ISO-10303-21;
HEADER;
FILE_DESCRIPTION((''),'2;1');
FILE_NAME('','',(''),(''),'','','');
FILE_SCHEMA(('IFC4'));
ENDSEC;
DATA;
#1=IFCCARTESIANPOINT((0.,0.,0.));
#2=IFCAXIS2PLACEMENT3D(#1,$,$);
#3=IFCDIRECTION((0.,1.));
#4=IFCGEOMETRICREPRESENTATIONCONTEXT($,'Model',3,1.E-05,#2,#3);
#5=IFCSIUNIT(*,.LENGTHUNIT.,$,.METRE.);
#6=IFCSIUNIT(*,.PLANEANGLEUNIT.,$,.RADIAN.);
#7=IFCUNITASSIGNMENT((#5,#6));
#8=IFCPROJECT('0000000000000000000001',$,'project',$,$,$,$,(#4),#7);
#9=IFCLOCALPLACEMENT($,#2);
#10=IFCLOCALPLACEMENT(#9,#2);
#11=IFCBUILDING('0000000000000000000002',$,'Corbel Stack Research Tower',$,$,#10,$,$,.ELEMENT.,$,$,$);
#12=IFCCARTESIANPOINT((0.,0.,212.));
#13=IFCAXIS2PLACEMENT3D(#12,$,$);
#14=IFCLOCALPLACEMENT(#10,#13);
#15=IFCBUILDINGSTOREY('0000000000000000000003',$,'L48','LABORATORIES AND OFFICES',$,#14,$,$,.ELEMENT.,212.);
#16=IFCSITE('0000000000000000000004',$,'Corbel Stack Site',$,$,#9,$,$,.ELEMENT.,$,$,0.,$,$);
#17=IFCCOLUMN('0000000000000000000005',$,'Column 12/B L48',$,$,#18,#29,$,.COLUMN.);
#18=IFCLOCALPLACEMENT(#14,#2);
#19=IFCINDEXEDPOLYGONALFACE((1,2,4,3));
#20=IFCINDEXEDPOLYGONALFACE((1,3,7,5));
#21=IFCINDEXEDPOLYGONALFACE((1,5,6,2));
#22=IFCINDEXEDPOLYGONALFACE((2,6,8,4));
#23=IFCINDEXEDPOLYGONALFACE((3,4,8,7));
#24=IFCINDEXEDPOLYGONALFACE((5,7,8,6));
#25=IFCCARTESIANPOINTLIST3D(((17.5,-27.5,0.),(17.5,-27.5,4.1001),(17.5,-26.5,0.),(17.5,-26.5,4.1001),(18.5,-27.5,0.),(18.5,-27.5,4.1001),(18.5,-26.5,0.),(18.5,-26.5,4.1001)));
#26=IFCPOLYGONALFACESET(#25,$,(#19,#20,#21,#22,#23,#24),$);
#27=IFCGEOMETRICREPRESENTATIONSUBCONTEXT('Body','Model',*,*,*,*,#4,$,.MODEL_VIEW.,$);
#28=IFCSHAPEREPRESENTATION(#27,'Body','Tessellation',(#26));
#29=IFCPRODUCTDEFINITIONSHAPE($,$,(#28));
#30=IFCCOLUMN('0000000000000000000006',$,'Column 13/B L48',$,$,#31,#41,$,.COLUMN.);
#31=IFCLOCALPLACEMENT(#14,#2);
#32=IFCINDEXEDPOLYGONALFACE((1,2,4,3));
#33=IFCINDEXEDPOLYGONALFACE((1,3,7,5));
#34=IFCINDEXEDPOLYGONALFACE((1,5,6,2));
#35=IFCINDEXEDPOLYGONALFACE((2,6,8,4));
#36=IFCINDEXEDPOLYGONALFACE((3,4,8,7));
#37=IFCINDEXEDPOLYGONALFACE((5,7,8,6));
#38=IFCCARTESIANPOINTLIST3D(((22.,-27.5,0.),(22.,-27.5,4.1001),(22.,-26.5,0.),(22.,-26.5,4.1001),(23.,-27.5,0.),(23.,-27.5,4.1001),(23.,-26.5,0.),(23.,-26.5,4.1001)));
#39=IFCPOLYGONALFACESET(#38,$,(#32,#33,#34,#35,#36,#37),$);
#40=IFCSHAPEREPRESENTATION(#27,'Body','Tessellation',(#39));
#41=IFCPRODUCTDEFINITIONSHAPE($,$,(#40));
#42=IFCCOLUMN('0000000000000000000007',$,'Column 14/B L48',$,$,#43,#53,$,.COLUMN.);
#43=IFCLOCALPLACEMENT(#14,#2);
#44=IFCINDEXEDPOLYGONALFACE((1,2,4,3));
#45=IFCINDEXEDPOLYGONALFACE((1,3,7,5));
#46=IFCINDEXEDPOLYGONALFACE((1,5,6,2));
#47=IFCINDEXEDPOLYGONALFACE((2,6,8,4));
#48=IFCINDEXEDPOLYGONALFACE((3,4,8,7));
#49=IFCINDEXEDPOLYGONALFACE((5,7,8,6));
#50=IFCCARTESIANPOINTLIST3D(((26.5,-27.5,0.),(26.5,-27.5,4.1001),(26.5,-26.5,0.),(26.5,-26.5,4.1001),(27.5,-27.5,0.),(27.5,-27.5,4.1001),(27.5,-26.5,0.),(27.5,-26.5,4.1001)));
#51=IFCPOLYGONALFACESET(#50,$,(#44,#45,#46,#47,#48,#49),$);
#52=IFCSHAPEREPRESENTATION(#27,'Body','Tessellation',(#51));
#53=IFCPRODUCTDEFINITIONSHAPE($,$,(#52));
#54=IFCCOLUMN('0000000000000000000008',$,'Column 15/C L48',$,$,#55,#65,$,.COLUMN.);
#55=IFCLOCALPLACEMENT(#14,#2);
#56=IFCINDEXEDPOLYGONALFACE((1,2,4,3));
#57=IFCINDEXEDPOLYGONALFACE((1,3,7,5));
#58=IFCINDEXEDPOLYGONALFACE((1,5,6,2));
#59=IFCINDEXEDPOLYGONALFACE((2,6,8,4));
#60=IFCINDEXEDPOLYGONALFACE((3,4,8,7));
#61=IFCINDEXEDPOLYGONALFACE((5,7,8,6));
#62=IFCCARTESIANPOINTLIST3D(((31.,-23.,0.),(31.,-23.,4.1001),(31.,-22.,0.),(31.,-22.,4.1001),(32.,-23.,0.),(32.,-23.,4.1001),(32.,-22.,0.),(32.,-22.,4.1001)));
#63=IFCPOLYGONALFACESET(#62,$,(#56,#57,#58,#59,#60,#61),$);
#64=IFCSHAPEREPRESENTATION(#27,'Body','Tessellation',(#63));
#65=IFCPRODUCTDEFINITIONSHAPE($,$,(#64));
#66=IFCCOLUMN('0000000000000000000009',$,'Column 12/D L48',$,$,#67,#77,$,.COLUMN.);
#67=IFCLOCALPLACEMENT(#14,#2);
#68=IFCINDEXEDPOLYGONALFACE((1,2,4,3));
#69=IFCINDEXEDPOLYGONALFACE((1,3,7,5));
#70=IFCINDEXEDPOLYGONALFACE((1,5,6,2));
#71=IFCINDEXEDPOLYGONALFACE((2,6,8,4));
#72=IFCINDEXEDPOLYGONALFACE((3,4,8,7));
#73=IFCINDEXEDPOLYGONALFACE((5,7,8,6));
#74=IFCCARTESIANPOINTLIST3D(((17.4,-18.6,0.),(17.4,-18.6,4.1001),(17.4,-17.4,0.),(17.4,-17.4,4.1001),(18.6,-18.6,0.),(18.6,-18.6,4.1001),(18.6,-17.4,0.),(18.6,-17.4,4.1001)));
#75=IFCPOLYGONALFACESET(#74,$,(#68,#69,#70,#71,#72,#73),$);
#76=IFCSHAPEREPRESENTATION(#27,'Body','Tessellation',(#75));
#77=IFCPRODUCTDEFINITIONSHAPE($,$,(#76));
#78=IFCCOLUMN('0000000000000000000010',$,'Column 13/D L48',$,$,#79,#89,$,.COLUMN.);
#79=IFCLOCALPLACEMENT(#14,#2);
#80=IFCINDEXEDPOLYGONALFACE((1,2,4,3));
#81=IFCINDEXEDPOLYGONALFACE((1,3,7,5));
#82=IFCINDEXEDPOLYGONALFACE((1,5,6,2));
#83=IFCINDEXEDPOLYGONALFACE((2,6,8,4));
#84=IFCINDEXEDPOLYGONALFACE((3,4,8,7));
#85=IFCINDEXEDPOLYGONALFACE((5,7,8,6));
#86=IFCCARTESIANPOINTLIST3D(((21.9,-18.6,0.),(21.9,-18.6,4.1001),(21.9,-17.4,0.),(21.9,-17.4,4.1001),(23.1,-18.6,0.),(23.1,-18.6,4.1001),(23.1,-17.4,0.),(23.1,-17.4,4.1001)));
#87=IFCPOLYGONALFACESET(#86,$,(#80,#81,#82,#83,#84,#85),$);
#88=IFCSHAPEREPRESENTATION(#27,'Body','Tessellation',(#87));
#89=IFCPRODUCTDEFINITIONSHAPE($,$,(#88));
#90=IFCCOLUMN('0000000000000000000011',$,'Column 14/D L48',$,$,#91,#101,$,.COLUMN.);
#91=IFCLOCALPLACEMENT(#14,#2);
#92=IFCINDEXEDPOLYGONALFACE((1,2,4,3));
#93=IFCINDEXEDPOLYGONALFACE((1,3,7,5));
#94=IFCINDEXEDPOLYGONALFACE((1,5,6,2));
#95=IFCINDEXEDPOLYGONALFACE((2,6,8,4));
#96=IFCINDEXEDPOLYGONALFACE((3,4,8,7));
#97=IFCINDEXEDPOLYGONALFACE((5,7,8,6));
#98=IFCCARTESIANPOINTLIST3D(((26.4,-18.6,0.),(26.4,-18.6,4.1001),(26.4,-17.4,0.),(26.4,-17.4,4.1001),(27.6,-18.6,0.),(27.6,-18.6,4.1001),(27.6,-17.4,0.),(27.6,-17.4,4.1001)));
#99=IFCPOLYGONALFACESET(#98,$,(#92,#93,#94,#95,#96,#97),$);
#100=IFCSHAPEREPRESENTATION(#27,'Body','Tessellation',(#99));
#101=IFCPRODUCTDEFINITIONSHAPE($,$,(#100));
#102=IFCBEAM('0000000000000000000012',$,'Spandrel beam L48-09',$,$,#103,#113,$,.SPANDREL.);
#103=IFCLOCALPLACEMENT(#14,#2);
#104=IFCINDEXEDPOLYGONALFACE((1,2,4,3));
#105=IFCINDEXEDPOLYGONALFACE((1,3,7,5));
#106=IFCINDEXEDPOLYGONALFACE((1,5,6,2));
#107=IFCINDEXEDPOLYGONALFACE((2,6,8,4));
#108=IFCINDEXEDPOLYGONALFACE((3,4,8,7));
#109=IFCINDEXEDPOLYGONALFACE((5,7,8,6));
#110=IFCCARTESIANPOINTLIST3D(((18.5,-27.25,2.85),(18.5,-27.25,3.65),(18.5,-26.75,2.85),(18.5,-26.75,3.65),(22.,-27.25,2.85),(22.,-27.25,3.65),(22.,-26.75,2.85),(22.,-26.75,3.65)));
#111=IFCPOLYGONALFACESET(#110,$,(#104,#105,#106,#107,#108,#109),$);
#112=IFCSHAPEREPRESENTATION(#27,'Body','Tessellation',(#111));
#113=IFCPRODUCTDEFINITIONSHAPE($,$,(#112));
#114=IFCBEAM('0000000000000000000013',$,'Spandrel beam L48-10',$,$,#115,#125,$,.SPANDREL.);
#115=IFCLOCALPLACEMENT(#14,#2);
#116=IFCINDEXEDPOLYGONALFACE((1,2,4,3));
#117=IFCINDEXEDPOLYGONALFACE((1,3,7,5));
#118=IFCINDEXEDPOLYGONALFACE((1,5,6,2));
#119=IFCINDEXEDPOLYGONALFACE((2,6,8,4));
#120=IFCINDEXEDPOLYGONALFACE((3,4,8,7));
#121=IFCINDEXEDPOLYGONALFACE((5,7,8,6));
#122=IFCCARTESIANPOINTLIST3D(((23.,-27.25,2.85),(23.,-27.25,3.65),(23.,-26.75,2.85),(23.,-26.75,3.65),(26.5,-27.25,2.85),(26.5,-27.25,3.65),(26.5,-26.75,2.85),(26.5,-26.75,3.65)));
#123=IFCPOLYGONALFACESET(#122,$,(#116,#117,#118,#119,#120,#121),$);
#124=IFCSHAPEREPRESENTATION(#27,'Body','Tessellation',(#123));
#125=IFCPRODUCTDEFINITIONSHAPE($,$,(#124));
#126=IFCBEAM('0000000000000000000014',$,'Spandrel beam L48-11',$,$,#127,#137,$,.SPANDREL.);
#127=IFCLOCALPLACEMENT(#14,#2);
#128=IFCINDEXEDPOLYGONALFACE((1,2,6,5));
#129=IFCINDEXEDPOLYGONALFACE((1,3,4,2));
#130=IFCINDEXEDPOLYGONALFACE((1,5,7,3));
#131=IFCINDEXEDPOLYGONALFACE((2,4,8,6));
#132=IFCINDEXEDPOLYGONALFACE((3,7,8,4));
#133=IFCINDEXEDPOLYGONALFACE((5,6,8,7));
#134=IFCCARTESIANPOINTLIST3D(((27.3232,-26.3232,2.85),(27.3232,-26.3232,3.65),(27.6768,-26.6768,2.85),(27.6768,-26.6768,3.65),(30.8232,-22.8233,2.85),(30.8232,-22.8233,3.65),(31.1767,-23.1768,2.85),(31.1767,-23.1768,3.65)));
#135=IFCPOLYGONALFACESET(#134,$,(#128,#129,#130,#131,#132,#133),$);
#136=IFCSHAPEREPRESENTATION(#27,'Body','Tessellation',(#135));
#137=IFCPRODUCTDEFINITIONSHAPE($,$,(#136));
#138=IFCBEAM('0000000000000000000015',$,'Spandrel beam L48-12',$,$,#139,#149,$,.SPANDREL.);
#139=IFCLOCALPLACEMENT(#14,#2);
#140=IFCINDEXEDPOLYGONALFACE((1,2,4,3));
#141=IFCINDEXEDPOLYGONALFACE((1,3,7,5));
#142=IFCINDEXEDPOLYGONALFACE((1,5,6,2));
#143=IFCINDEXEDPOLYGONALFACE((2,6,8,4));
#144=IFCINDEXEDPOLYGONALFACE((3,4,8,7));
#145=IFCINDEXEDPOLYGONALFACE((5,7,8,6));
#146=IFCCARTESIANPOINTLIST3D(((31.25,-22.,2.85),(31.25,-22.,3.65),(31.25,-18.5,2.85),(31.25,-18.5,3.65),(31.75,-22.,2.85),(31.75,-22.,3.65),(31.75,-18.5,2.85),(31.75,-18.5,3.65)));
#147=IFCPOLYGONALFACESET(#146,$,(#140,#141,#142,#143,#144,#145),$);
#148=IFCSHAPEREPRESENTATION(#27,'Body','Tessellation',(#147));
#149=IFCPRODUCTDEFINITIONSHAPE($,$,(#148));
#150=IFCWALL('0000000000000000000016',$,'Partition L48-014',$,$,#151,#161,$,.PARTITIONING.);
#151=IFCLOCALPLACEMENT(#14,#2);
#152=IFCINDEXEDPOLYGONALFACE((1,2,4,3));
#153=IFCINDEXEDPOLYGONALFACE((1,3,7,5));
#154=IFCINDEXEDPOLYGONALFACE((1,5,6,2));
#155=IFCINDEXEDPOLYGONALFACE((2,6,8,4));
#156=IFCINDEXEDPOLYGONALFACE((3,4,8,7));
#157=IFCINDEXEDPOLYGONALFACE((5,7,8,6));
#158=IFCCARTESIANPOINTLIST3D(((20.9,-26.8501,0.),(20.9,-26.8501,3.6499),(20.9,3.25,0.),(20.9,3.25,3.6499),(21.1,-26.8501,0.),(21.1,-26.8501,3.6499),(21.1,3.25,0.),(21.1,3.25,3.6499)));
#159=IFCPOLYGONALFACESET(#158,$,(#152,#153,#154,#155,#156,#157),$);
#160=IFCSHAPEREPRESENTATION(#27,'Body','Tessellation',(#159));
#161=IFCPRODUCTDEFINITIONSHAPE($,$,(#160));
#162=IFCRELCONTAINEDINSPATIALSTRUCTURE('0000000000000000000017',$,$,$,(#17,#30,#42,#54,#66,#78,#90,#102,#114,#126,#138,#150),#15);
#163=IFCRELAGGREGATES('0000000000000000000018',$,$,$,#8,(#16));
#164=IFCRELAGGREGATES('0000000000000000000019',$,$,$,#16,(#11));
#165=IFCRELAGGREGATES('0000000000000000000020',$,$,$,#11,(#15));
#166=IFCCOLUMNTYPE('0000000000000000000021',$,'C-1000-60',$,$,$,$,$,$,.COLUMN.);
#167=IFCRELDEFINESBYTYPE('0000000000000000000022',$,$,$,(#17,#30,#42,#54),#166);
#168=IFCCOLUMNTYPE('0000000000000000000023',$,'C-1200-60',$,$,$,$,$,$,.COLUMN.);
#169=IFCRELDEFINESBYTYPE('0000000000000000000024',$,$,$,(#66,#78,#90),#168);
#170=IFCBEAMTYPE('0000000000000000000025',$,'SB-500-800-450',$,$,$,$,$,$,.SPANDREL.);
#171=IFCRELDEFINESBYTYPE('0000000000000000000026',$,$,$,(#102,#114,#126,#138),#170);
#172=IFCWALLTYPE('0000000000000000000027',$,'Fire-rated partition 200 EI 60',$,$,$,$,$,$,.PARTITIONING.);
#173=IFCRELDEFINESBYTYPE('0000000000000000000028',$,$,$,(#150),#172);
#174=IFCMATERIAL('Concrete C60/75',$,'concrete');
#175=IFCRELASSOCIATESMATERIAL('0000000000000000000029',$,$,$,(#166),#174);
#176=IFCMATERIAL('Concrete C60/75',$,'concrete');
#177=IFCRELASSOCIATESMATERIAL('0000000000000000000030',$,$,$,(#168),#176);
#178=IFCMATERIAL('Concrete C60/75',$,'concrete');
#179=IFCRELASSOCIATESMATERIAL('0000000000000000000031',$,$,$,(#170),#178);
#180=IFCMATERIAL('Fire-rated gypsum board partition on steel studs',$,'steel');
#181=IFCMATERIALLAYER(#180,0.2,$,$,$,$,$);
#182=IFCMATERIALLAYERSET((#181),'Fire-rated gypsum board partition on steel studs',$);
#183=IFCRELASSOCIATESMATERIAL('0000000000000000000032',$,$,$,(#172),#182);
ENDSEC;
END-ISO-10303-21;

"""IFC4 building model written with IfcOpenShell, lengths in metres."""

from ifc_helpers import new_model, si_unit, direction, frame, frame_2d, origin, origin_2d, place, context, subcontext, project, spatial, rectangle, extrude, material, layer, layer_set, material_profile, profile_set, type_object, element, save


model = new_model("IFC4")

# Units and contexts
model_context = context("Model", 3, precision=1e-05, world=origin(), true_north=direction((0.0, 1.0)))
body_context = subcontext(model_context, "Body", "Model", "MODEL_VIEW")
ifc_project = project(units=[si_unit("LENGTHUNIT", "METRE"), si_unit("PLANEANGLEUNIT", "RADIAN")], contexts=[model_context])

# Site, building, storey
site_placement = place(None, origin())
site = spatial("IfcSite", under=ifc_project, at=site_placement, Name="Corbel Stack Site", CompositionType="ELEMENT", RefElevation=0.0)
building_placement = place(site_placement, origin())
building = spatial("IfcBuilding", under=site, at=building_placement, Name="Corbel Stack Research Tower", CompositionType="ELEMENT")
storey_placement = place(building_placement, frame((0.0, 0.0, 212.0)))
storey = spatial("IfcBuildingStorey", under=building, at=storey_placement, Name="L48", Description="LABORATORIES AND OFFICES", CompositionType="ELEMENT", Elevation=212.0)

# Columns
ifc_material_1 = material(Name="Concrete C60/75", Category="concrete")
ifc_material_profile_1 = material_profile(ifc_material_1, rectangle(XDim=1.0, YDim=1.0, at=origin_2d()), Name="RC 1000 x 1000")
ifc_profile_set_1 = profile_set([ifc_material_profile_1], Name="Concrete C60/75")
column_type_1 = type_object("IfcColumnType", Name="C-1000-60", PredefinedType="COLUMN", material=ifc_profile_set_1)
for number, where, z_axis, x_axis, name in (
    (1, (18.0, -27.0, 0.0), (0.0, 0.0, 1.0), (1.0, 0.0, 0.0), "Column 12/B L48"),
    (2, (22.5, -27.0, 0.0), (0.0, 0.0, 1.0), (1.0, 0.0, 0.0), "Column 13/B L48"),
    (3, (27.0, -27.0, 0.0), (0.0, 0.0, 1.0), (1.0, 0.0, 0.0), "Column 14/B L48"),
    (4, (31.5, -22.5, 0.0), (0.0, 0.0, 1.0), (1.0, 0.0, 0.0), "Column 15/C L48"),
):
    element("IfcColumn", number, at=place(storey_placement, frame(where, z_axis=z_axis, x_axis=x_axis)), inside=storey, type_object=column_type_1, Name=name, PredefinedType="COLUMN", context=body_context, shape_type="SweptSolid", body=[
        extrude(rectangle(XDim=1.0, YDim=1.0, at=origin_2d()), origin(), (0.0, 0.0, 1.0), 4.1001),
    ])
ifc_material_2 = material(Name="Concrete C60/75", Category="concrete")
ifc_material_profile_2 = material_profile(ifc_material_2, rectangle(XDim=1.2, YDim=1.2, at=origin_2d()), Name="RC 1200 x 1200")
ifc_profile_set_2 = profile_set([ifc_material_profile_2], Name="Concrete C60/75")
column_type_2 = type_object("IfcColumnType", Name="C-1200-60", PredefinedType="COLUMN", material=ifc_profile_set_2)
for number, where, z_axis, x_axis, name in (
    (5, (18.0, -18.0, 0.0), (0.0, 0.0, 1.0), (1.0, 0.0, 0.0), "Column 12/D L48"),
    (6, (22.5, -18.0, 0.0), (0.0, 0.0, 1.0), (1.0, 0.0, 0.0), "Column 13/D L48"),
    (7, (27.0, -18.0, 0.0), (0.0, 0.0, 1.0), (1.0, 0.0, 0.0), "Column 14/D L48"),
):
    element("IfcColumn", number, at=place(storey_placement, frame(where, z_axis=z_axis, x_axis=x_axis)), inside=storey, type_object=column_type_2, Name=name, PredefinedType="COLUMN", context=body_context, shape_type="SweptSolid", body=[
        extrude(rectangle(XDim=1.2, YDim=1.2, at=origin_2d()), origin(), (0.0, 0.0, 1.0), 4.1001),
    ])

# Beams
ifc_material_3 = material(Name="Concrete C60/75", Category="concrete")
ifc_material_profile_3 = material_profile(ifc_material_3, rectangle(XDim=0.5, YDim=0.8, at=origin_2d()), Name="RC 500 x 800")
ifc_profile_set_3 = profile_set([ifc_material_profile_3], Name="Concrete C60/75")
beam_type = type_object("IfcBeamType", Name="SB-500-800-450", PredefinedType="SPANDREL", material=ifc_profile_set_3)
for number, where, z_axis, x_axis, name in (
    (8, (18.5, -27.0, 3.25), (1.0, 0.0, 0.0), (0.0, 1.0, 0.0), "Spandrel beam L48-09"),
    (9, (23.0, -27.0, 3.25), (1.0, 0.0, 0.0), (0.0, 1.0, 0.0), "Spandrel beam L48-10"),
):
    element("IfcBeam", number, at=place(storey_placement, frame(where, z_axis=z_axis, x_axis=x_axis)), inside=storey, type_object=beam_type, Name=name, PredefinedType="SPANDREL", context=body_context, shape_type="SweptSolid", body=[
        extrude(rectangle(XDim=0.5, YDim=0.8, at=origin_2d()), origin(), (0.0, 0.0, 1.0), 3.5),
    ])
beam_1_placement = place(storey_placement, frame((27.5, -26.5, 3.25), z_axis=(0.707107, 0.707107, 0.0), x_axis=(-0.707107, 0.707107, 0.0)))
element("IfcBeam", 10, at=beam_1_placement, inside=storey, type_object=beam_type, Name="Spandrel beam L48-11", PredefinedType="SPANDREL", context=body_context, shape_type="SweptSolid", body=[
    extrude(rectangle(XDim=0.5, YDim=0.8, at=origin_2d()), origin(), (0.0, 0.0, 1.0), 4.9497),
])
beam_2_placement = place(storey_placement, frame((31.5, -22.0, 3.25), z_axis=(0.0, 1.0, 0.0), x_axis=(-1.0, 0.0, 0.0)))
element("IfcBeam", 11, at=beam_2_placement, inside=storey, type_object=beam_type, Name="Spandrel beam L48-12", PredefinedType="SPANDREL", context=body_context, shape_type="SweptSolid", body=[
    extrude(rectangle(XDim=0.5, YDim=0.8, at=origin_2d()), origin(), (0.0, 0.0, 1.0), 3.5),
])

# Wall
ifc_material_4 = material(Name="Fire-rated gypsum board partition on steel studs", Category="steel")
ifc_layer_1 = layer(ifc_material_4, 0.2)
ifc_layer_set_1 = layer_set([ifc_layer_1], Name="Fire-rated gypsum board partition on steel studs")
wall_type_1 = type_object("IfcWallType", Name="Fire-rated partition 200 EI 60", PredefinedType="PARTITIONING", material=ifc_layer_set_1)
wall_1_placement = place(storey_placement, frame((21.0, -26.8501, 0.0), z_axis=(0.0, 0.0, 1.0), x_axis=(0.0, 1.0, 0.0)))
element("IfcWall", 12, at=wall_1_placement, inside=storey, type_object=wall_type_1, Name="Partition L48-014", PredefinedType="PARTITIONING", context=body_context, shape_type="SweptSolid", body=[
    extrude(rectangle(XDim=30.1001, YDim=0.2, at=frame_2d((15.05, 0.0))), origin(), (0.0, 0.0, 1.0), 3.6499),
])

save(model, "model.ifc")
